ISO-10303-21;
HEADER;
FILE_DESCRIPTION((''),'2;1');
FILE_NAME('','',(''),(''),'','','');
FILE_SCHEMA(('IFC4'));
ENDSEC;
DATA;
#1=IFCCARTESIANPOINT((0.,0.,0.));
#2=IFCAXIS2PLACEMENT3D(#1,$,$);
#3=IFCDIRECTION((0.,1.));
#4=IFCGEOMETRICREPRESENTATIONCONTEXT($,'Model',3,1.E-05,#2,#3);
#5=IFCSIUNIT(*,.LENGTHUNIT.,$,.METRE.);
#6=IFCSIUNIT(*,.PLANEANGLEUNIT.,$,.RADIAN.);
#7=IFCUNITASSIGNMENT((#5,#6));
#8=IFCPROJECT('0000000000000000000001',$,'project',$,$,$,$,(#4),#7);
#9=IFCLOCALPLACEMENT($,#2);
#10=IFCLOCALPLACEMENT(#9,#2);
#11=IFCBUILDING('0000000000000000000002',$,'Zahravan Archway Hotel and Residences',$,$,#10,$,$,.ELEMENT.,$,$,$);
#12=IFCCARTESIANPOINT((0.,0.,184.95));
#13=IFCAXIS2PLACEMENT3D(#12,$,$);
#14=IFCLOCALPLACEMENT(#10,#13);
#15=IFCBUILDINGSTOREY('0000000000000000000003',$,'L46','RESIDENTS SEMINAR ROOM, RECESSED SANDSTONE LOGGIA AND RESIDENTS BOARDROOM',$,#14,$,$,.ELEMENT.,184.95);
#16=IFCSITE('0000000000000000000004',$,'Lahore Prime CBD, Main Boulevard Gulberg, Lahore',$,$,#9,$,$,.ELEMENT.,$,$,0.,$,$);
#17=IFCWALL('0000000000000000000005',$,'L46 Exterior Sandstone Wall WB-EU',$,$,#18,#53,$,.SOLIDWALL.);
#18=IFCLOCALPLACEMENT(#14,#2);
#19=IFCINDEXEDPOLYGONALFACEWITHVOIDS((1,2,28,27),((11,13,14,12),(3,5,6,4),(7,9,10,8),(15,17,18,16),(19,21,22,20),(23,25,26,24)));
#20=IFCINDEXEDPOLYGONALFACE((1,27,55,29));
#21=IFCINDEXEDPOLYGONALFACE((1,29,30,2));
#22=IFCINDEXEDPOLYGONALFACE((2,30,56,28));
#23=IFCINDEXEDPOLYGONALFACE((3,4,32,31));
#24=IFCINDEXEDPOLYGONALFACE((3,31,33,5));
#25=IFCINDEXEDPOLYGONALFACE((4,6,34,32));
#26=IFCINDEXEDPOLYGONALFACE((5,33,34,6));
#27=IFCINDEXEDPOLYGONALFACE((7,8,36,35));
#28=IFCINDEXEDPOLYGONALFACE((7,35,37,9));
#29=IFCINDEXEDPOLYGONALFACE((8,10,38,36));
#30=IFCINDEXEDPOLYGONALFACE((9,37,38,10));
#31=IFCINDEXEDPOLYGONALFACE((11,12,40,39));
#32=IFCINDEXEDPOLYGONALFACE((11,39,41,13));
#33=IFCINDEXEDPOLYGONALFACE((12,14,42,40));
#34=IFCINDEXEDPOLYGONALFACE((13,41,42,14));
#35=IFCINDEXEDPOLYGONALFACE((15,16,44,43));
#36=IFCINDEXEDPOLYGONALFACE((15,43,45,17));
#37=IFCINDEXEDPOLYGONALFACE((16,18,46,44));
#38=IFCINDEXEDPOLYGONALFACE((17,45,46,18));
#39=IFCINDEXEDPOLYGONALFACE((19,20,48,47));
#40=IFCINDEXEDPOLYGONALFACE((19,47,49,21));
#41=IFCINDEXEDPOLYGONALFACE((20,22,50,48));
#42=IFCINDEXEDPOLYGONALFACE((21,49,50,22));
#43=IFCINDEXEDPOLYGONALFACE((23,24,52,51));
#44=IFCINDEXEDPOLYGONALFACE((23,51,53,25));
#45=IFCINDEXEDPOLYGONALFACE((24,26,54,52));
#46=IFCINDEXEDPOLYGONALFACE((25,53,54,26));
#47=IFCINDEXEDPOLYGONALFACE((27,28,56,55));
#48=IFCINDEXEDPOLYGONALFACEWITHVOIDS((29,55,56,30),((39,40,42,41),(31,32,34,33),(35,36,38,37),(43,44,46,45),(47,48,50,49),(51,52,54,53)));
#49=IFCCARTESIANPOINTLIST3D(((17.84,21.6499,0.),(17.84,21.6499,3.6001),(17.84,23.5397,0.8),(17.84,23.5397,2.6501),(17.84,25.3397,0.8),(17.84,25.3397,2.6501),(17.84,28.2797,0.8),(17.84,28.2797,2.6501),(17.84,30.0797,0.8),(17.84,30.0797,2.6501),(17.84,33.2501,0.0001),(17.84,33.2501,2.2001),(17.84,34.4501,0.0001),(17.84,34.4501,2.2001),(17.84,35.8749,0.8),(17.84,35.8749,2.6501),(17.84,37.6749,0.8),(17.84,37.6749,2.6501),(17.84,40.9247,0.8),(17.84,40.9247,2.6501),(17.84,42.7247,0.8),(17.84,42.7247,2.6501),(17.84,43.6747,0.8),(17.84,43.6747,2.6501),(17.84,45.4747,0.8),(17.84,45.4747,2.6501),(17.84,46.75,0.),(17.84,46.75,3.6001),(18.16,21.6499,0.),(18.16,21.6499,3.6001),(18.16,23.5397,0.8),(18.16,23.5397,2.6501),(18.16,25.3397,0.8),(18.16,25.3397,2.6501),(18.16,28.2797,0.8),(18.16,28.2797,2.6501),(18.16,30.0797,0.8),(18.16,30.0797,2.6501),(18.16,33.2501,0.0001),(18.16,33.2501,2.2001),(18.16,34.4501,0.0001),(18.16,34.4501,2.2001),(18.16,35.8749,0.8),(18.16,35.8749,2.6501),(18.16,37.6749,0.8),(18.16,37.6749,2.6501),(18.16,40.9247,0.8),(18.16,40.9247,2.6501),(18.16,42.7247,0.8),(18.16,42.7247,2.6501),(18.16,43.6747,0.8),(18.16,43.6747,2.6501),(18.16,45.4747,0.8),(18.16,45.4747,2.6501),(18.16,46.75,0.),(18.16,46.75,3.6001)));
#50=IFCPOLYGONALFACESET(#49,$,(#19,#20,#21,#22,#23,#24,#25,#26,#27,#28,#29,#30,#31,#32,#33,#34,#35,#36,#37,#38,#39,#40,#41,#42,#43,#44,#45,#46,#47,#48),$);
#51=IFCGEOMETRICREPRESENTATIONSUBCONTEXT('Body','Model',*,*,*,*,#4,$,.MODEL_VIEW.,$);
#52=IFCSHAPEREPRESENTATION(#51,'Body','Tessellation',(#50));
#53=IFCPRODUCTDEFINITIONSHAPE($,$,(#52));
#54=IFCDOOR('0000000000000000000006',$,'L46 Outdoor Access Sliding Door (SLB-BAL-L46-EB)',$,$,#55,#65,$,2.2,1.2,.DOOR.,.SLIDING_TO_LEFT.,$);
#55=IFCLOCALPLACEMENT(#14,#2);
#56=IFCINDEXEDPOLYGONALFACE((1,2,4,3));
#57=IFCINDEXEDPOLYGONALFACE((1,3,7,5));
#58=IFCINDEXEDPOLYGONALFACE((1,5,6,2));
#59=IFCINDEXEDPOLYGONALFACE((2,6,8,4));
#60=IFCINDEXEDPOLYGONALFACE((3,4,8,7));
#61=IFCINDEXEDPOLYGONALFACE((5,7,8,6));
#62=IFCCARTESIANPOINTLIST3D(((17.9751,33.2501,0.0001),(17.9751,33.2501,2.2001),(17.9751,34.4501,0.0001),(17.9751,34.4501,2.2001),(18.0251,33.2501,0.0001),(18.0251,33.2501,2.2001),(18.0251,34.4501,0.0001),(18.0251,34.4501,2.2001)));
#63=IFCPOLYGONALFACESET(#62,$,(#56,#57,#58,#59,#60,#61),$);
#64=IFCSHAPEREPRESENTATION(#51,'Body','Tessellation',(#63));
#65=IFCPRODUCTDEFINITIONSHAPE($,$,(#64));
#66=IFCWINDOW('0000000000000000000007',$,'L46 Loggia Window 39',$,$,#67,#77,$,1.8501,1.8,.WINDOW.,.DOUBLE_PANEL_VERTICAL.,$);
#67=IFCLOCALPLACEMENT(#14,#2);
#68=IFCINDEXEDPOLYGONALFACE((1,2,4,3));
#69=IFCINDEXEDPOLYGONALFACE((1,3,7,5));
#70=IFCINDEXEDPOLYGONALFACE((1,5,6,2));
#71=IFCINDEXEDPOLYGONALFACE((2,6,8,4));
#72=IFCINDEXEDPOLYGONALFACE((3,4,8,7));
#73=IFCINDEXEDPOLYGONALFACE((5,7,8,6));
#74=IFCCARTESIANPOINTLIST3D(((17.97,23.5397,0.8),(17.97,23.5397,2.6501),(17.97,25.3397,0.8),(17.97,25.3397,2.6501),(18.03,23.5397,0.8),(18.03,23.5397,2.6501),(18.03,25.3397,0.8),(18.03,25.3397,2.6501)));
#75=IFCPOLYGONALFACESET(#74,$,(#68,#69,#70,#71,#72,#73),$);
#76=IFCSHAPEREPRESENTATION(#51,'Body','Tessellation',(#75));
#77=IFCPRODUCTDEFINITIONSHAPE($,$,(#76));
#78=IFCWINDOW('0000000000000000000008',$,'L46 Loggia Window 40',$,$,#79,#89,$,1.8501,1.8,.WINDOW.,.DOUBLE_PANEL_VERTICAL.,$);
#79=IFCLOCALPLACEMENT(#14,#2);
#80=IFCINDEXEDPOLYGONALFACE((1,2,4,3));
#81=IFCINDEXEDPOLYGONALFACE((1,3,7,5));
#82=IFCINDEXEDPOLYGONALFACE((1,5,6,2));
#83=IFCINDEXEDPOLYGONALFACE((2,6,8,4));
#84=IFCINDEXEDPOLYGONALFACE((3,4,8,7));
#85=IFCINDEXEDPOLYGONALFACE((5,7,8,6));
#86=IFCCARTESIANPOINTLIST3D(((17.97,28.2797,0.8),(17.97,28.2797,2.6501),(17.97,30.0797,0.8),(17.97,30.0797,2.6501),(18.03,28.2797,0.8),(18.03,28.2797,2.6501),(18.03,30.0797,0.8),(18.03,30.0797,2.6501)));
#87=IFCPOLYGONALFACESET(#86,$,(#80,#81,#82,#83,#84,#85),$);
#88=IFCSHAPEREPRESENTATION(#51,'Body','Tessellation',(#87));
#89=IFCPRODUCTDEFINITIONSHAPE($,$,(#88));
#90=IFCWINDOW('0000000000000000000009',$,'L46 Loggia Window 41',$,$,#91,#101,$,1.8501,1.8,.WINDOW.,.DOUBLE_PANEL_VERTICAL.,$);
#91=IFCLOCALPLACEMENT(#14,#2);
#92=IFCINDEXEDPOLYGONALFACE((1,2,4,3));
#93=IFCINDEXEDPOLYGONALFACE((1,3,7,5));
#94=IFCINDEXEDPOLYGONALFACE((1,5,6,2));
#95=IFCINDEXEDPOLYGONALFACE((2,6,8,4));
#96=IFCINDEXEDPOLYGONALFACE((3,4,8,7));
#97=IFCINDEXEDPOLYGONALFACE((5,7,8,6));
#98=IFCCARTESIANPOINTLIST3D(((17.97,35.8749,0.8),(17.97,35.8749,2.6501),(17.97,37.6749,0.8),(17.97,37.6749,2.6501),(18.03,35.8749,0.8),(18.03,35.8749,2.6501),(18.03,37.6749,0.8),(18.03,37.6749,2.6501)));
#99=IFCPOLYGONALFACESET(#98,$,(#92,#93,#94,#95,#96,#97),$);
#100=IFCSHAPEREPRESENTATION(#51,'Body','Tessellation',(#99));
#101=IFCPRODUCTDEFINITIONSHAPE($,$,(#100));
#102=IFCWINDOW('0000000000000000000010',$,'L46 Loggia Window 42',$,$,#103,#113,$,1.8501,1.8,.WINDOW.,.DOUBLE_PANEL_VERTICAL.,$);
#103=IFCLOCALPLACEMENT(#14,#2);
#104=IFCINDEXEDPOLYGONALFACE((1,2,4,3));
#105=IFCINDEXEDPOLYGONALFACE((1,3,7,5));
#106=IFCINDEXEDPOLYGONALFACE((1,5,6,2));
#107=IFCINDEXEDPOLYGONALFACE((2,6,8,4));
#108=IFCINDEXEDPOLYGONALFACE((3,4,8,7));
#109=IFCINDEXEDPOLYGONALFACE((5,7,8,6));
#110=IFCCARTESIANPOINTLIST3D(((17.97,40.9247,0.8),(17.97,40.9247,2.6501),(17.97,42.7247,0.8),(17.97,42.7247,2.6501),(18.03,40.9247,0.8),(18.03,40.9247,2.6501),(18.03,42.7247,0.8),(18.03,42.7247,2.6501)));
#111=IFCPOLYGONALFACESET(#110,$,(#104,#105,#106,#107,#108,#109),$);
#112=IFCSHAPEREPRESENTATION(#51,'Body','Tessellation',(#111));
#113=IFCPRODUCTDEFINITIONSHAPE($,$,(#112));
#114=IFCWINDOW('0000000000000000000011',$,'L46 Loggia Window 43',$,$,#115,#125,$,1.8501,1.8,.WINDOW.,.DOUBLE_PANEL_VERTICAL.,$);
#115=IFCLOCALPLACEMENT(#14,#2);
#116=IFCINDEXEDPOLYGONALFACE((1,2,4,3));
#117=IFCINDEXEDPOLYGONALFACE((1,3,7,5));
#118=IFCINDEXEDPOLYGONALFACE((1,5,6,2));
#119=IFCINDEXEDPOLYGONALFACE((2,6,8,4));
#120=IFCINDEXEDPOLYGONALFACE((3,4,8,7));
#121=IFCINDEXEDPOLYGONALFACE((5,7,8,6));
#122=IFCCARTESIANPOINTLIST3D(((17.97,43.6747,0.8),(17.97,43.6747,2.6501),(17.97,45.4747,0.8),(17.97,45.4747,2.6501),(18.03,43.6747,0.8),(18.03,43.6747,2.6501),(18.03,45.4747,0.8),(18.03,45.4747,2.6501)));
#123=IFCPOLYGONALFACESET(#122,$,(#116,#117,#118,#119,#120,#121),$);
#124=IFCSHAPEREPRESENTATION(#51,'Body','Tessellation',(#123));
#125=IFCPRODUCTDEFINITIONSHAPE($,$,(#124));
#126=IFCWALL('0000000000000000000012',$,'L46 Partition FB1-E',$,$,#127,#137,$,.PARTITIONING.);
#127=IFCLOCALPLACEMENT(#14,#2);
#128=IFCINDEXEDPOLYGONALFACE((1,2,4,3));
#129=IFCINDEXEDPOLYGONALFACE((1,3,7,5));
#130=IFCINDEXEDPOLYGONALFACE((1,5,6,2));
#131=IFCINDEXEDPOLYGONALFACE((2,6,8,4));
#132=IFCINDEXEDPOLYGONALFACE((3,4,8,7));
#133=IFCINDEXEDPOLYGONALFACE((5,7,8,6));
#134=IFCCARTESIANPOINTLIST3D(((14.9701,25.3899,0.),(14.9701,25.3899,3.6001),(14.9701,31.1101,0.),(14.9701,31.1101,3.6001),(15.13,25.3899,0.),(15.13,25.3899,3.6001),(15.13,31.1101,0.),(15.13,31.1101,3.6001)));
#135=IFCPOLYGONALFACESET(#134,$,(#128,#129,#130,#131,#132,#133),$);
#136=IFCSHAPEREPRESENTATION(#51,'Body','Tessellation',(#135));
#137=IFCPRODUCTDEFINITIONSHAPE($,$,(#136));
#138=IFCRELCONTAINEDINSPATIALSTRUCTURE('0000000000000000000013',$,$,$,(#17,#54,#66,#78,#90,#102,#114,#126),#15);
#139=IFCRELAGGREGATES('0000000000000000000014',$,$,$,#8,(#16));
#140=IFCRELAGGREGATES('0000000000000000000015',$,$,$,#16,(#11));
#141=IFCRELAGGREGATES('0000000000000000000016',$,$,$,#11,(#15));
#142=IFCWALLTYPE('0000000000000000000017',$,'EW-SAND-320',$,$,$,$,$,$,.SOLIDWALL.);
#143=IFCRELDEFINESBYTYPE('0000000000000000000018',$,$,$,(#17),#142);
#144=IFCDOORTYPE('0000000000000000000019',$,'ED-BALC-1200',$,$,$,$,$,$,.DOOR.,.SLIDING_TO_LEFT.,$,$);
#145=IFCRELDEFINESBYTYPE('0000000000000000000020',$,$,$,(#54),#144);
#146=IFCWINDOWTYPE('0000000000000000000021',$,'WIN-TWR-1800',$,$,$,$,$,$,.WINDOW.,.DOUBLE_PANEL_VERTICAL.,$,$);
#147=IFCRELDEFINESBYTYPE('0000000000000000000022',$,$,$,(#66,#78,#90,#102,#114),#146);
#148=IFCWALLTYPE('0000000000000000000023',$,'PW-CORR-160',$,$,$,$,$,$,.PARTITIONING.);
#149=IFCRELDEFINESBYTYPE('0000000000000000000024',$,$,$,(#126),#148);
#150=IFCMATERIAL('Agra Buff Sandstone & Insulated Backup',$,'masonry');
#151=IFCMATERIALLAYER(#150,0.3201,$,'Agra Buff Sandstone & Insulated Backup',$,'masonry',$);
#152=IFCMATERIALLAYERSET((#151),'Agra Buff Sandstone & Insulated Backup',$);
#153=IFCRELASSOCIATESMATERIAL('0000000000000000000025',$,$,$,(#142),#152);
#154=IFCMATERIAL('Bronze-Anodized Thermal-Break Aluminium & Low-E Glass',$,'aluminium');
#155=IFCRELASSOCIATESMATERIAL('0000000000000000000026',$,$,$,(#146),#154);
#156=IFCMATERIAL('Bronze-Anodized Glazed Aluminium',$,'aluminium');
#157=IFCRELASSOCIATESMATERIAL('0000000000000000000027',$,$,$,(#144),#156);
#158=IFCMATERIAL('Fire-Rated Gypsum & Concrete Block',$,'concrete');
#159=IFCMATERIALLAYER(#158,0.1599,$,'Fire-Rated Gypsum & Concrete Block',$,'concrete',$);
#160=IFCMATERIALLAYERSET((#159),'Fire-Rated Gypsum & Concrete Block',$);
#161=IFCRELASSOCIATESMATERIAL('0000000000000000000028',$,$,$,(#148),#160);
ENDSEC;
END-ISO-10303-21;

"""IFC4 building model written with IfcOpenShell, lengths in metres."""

from ifc_helpers import new_model, si_unit, direction, frame, frame_2d, origin, place, context, subcontext, project, spatial, rectangle, extrude, source, transform, mapped, material, layer, layer_set, type_object, type_shapes, element, fill, save


model = new_model("IFC4")

# Units and contexts
model_context = context("Model", 3, precision=1e-05, world=origin(), true_north=direction((0.0, 1.0)))
body_context = subcontext(model_context, "Body", "Model", "MODEL_VIEW")
ifc_project = project(units=[si_unit("LENGTHUNIT", "METRE"), si_unit("PLANEANGLEUNIT", "RADIAN")], contexts=[model_context])

# Site, building, storey
site_placement = place(None, origin())
site = spatial("IfcSite", under=ifc_project, at=site_placement, Name="Lahore Prime CBD, Main Boulevard Gulberg, Lahore", CompositionType="ELEMENT", RefElevation=0.0)
building_placement = place(site_placement, origin())
building = spatial("IfcBuilding", under=site, at=building_placement, Name="Zahravan Archway Hotel and Residences", CompositionType="ELEMENT")
storey_placement = place(building_placement, frame((0.0, 0.0, 184.95)))
storey = spatial("IfcBuildingStorey", under=building, at=storey_placement, Name="L46", Description="RESIDENTS SEMINAR ROOM, RECESSED SANDSTONE LOGGIA AND RESIDENTS BOARDROOM", CompositionType="ELEMENT", Elevation=184.95)

# Shared definitions
ifc_material_1 = material(Name="Agra Buff Sandstone & Insulated Backup", Category="masonry")
ifc_layer_1 = layer(ifc_material_1, 0.3201, Name="Agra Buff Sandstone & Insulated Backup", Category="masonry")
ifc_layer_set_1 = layer_set([ifc_layer_1], Name="Agra Buff Sandstone & Insulated Backup")
wall_type_1 = type_object("IfcWallType", Name="EW-SAND-320", PredefinedType="SOLIDWALL", material=ifc_layer_set_1)
ifc_material_2 = material(Name="Bronze-Anodized Thermal-Break Aluminium & Low-E Glass", Category="aluminium")
window_type_1 = type_object("IfcWindowType", Name="WIN-TWR-1800", PartitioningType="DOUBLE_PANEL_VERTICAL", PredefinedType="WINDOW", material=ifc_material_2)
shared_shape_1 = source(origin(), body_context, "Body", "SweptSolid", [
    extrude(rectangle(XDim=1.8, YDim=1.8501, at=frame_2d((0.8999, 0.925))), frame((0.0, 0.03, 0.0), z_axis=(0.0, -1.0, 0.0), x_axis=(1.0, 0.0, 0.0)), (0.0, 0.0, 1.0), 0.0601),
])
type_shapes(window_type_1, [shared_shape_1])

# Wall, openings, door, windows
wall_1_placement = place(storey_placement, frame((18.0, 21.6499, 0.0), z_axis=(0.0, 0.0, 1.0), x_axis=(0.0, 1.0, 0.0)))
wall_1 = element("IfcWall", 1, at=wall_1_placement, inside=storey, type_object=wall_type_1, Name="L46 Exterior Sandstone Wall WB-EU", PredefinedType="SOLIDWALL", context=body_context, shape_type="SweptSolid", body=[
    extrude(rectangle(XDim=25.1001, YDim=0.3201, at=frame_2d((12.55, 0.0))), origin(), (0.0, 0.0, 1.0), 3.6001),
])
opening_1_placement = place(wall_1_placement, frame((11.6001, 0.0, 0.0)))
opening_1 = element("IfcOpeningElement", 2, at=opening_1_placement, cuts=wall_1, PredefinedType="OPENING", context=body_context, shape_type="SweptSolid", body=[
    extrude(rectangle(XDim=1.2, YDim=2.2, at=frame_2d((0.6001, 1.1001))), frame((0.0, 0.1699, 0.0), z_axis=(0.0, -1.0, 0.0), x_axis=(1.0, 0.0, 0.0)), (0.0, 0.0, 1.0), 0.3401),
])
opening_2_placement = place(wall_1_placement, frame((1.8899, 0.0, 0.8)))
opening_2 = element("IfcOpeningElement", 3, at=opening_2_placement, cuts=wall_1, PredefinedType="OPENING", context=body_context, shape_type="SweptSolid", body=[
    extrude(rectangle(XDim=1.8, YDim=1.8501, at=frame_2d((0.8999, 0.925))), frame((0.0, 0.1699, 0.0), z_axis=(0.0, -1.0, 0.0), x_axis=(1.0, 0.0, 0.0)), (0.0, 0.0, 1.0), 0.3401),
])
opening_3_placement = place(wall_1_placement, frame((6.6299, 0.0, 0.8)))
opening_3 = element("IfcOpeningElement", 4, at=opening_3_placement, cuts=wall_1, PredefinedType="OPENING", context=body_context, shape_type="SweptSolid", body=[
    extrude(rectangle(XDim=1.8, YDim=1.8501, at=frame_2d((0.8999, 0.925))), frame((0.0, 0.1699, 0.0), z_axis=(0.0, -1.0, 0.0), x_axis=(1.0, 0.0, 0.0)), (0.0, 0.0, 1.0), 0.3401),
])
opening_4_placement = place(wall_1_placement, frame((14.2251, 0.0, 0.8)))
opening_4 = element("IfcOpeningElement", 5, at=opening_4_placement, cuts=wall_1, PredefinedType="OPENING", context=body_context, shape_type="SweptSolid", body=[
    extrude(rectangle(XDim=1.8, YDim=1.8501, at=frame_2d((0.8999, 0.925))), frame((0.0, 0.1699, 0.0), z_axis=(0.0, -1.0, 0.0), x_axis=(1.0, 0.0, 0.0)), (0.0, 0.0, 1.0), 0.3401),
])
opening_5_placement = place(wall_1_placement, frame((19.2749, 0.0, 0.8)))
opening_5 = element("IfcOpeningElement", 6, at=opening_5_placement, cuts=wall_1, PredefinedType="OPENING", context=body_context, shape_type="SweptSolid", body=[
    extrude(rectangle(XDim=1.8, YDim=1.8501, at=frame_2d((0.8999, 0.925))), frame((0.0, 0.1699, 0.0), z_axis=(0.0, -1.0, 0.0), x_axis=(1.0, 0.0, 0.0)), (0.0, 0.0, 1.0), 0.3401),
])
opening_6_placement = place(wall_1_placement, frame((22.0249, 0.0, 0.8)))
opening_6 = element("IfcOpeningElement", 7, at=opening_6_placement, cuts=wall_1, PredefinedType="OPENING", context=body_context, shape_type="SweptSolid", body=[
    extrude(rectangle(XDim=1.8, YDim=1.8501, at=frame_2d((0.8999, 0.925))), frame((0.0, 0.1699, 0.0), z_axis=(0.0, -1.0, 0.0), x_axis=(1.0, 0.0, 0.0)), (0.0, 0.0, 1.0), 0.3401),
])
ifc_material_3 = material(Name="Bronze-Anodized Glazed Aluminium", Category="aluminium")
door_type = type_object("IfcDoorType", Name="ED-BALC-1200", OperationType="SLIDING_TO_LEFT", PredefinedType="DOOR", material=ifc_material_3)
shared_shape_2 = source(origin(), body_context, "Body", "SweptSolid", [
    extrude(rectangle(XDim=1.2, YDim=2.2, at=frame_2d((0.6001, 1.1001))), frame((0.0, 0.0249, 0.0), z_axis=(0.0, -1.0, 0.0), x_axis=(1.0, 0.0, 0.0)), (0.0, 0.0, 1.0), 0.05),
])
type_shapes(door_type, [shared_shape_2])
door_placement = place(opening_1_placement, origin())
door = element("IfcDoor", 8, at=door_placement, inside=storey, type_object=door_type, Name="L46 Outdoor Access Sliding Door (SLB-BAL-L46-EB)", OperationType="SLIDING_TO_LEFT", OverallHeight=2.2, OverallWidth=1.2, PredefinedType="DOOR", context=body_context, shape_type="MappedRepresentation", body=[
    mapped(shared_shape_2, transform((0.0, 0.0, 0.0), scale=1.0)),
])
fill(opening_1, door)
window_1_placement = place(opening_2_placement, origin())
window_1 = element("IfcWindow", 9, at=window_1_placement, inside=storey, type_object=window_type_1, Name="L46 Loggia Window 39", OverallHeight=1.8501, OverallWidth=1.8, PartitioningType="DOUBLE_PANEL_VERTICAL", PredefinedType="WINDOW", context=body_context, shape_type="MappedRepresentation", body=[
    mapped(shared_shape_1, transform((0.0, 0.0, 0.0), scale=1.0)),
])
fill(opening_2, window_1)
window_2_placement = place(opening_3_placement, origin())
window_2 = element("IfcWindow", 10, at=window_2_placement, inside=storey, type_object=window_type_1, Name="L46 Loggia Window 40", OverallHeight=1.8501, OverallWidth=1.8, PartitioningType="DOUBLE_PANEL_VERTICAL", PredefinedType="WINDOW", context=body_context, shape_type="MappedRepresentation", body=[
    mapped(shared_shape_1, transform((0.0, 0.0, 0.0), scale=1.0)),
])
fill(opening_3, window_2)
window_3_placement = place(opening_4_placement, origin())
window_3 = element("IfcWindow", 11, at=window_3_placement, inside=storey, type_object=window_type_1, Name="L46 Loggia Window 41", OverallHeight=1.8501, OverallWidth=1.8, PartitioningType="DOUBLE_PANEL_VERTICAL", PredefinedType="WINDOW", context=body_context, shape_type="MappedRepresentation", body=[
    mapped(shared_shape_1, transform((0.0, 0.0, 0.0), scale=1.0)),
])
fill(opening_4, window_3)
window_4_placement = place(opening_5_placement, origin())
window_4 = element("IfcWindow", 12, at=window_4_placement, inside=storey, type_object=window_type_1, Name="L46 Loggia Window 42", OverallHeight=1.8501, OverallWidth=1.8, PartitioningType="DOUBLE_PANEL_VERTICAL", PredefinedType="WINDOW", context=body_context, shape_type="MappedRepresentation", body=[
    mapped(shared_shape_1, transform((0.0, 0.0, 0.0), scale=1.0)),
])
fill(opening_5, window_4)
window_5_placement = place(opening_6_placement, origin())
window_5 = element("IfcWindow", 13, at=window_5_placement, inside=storey, type_object=window_type_1, Name="L46 Loggia Window 43", OverallHeight=1.8501, OverallWidth=1.8, PartitioningType="DOUBLE_PANEL_VERTICAL", PredefinedType="WINDOW", context=body_context, shape_type="MappedRepresentation", body=[
    mapped(shared_shape_1, transform((0.0, 0.0, 0.0), scale=1.0)),
])
fill(opening_6, window_5)

# Wall
ifc_material_4 = material(Name="Fire-Rated Gypsum & Concrete Block", Category="concrete")
ifc_layer_2 = layer(ifc_material_4, 0.1599, Name="Fire-Rated Gypsum & Concrete Block", Category="concrete")
ifc_layer_set_2 = layer_set([ifc_layer_2], Name="Fire-Rated Gypsum & Concrete Block")
wall_type_2 = type_object("IfcWallType", Name="PW-CORR-160", PredefinedType="PARTITIONING", material=ifc_layer_set_2)
wall_2_placement = place(storey_placement, frame((15.05, 25.3899, 0.0), z_axis=(0.0, 0.0, 1.0), x_axis=(0.0, 1.0, 0.0)))
element("IfcWall", 14, at=wall_2_placement, inside=storey, type_object=wall_type_2, Name="L46 Partition FB1-E", PredefinedType="PARTITIONING", context=body_context, shape_type="SweptSolid", body=[
    extrude(rectangle(XDim=5.7202, YDim=0.1599, at=frame_2d((2.8601, 0.0))), origin(), (0.0, 0.0, 1.0), 3.6001),
])

save(model, "model.ifc")
